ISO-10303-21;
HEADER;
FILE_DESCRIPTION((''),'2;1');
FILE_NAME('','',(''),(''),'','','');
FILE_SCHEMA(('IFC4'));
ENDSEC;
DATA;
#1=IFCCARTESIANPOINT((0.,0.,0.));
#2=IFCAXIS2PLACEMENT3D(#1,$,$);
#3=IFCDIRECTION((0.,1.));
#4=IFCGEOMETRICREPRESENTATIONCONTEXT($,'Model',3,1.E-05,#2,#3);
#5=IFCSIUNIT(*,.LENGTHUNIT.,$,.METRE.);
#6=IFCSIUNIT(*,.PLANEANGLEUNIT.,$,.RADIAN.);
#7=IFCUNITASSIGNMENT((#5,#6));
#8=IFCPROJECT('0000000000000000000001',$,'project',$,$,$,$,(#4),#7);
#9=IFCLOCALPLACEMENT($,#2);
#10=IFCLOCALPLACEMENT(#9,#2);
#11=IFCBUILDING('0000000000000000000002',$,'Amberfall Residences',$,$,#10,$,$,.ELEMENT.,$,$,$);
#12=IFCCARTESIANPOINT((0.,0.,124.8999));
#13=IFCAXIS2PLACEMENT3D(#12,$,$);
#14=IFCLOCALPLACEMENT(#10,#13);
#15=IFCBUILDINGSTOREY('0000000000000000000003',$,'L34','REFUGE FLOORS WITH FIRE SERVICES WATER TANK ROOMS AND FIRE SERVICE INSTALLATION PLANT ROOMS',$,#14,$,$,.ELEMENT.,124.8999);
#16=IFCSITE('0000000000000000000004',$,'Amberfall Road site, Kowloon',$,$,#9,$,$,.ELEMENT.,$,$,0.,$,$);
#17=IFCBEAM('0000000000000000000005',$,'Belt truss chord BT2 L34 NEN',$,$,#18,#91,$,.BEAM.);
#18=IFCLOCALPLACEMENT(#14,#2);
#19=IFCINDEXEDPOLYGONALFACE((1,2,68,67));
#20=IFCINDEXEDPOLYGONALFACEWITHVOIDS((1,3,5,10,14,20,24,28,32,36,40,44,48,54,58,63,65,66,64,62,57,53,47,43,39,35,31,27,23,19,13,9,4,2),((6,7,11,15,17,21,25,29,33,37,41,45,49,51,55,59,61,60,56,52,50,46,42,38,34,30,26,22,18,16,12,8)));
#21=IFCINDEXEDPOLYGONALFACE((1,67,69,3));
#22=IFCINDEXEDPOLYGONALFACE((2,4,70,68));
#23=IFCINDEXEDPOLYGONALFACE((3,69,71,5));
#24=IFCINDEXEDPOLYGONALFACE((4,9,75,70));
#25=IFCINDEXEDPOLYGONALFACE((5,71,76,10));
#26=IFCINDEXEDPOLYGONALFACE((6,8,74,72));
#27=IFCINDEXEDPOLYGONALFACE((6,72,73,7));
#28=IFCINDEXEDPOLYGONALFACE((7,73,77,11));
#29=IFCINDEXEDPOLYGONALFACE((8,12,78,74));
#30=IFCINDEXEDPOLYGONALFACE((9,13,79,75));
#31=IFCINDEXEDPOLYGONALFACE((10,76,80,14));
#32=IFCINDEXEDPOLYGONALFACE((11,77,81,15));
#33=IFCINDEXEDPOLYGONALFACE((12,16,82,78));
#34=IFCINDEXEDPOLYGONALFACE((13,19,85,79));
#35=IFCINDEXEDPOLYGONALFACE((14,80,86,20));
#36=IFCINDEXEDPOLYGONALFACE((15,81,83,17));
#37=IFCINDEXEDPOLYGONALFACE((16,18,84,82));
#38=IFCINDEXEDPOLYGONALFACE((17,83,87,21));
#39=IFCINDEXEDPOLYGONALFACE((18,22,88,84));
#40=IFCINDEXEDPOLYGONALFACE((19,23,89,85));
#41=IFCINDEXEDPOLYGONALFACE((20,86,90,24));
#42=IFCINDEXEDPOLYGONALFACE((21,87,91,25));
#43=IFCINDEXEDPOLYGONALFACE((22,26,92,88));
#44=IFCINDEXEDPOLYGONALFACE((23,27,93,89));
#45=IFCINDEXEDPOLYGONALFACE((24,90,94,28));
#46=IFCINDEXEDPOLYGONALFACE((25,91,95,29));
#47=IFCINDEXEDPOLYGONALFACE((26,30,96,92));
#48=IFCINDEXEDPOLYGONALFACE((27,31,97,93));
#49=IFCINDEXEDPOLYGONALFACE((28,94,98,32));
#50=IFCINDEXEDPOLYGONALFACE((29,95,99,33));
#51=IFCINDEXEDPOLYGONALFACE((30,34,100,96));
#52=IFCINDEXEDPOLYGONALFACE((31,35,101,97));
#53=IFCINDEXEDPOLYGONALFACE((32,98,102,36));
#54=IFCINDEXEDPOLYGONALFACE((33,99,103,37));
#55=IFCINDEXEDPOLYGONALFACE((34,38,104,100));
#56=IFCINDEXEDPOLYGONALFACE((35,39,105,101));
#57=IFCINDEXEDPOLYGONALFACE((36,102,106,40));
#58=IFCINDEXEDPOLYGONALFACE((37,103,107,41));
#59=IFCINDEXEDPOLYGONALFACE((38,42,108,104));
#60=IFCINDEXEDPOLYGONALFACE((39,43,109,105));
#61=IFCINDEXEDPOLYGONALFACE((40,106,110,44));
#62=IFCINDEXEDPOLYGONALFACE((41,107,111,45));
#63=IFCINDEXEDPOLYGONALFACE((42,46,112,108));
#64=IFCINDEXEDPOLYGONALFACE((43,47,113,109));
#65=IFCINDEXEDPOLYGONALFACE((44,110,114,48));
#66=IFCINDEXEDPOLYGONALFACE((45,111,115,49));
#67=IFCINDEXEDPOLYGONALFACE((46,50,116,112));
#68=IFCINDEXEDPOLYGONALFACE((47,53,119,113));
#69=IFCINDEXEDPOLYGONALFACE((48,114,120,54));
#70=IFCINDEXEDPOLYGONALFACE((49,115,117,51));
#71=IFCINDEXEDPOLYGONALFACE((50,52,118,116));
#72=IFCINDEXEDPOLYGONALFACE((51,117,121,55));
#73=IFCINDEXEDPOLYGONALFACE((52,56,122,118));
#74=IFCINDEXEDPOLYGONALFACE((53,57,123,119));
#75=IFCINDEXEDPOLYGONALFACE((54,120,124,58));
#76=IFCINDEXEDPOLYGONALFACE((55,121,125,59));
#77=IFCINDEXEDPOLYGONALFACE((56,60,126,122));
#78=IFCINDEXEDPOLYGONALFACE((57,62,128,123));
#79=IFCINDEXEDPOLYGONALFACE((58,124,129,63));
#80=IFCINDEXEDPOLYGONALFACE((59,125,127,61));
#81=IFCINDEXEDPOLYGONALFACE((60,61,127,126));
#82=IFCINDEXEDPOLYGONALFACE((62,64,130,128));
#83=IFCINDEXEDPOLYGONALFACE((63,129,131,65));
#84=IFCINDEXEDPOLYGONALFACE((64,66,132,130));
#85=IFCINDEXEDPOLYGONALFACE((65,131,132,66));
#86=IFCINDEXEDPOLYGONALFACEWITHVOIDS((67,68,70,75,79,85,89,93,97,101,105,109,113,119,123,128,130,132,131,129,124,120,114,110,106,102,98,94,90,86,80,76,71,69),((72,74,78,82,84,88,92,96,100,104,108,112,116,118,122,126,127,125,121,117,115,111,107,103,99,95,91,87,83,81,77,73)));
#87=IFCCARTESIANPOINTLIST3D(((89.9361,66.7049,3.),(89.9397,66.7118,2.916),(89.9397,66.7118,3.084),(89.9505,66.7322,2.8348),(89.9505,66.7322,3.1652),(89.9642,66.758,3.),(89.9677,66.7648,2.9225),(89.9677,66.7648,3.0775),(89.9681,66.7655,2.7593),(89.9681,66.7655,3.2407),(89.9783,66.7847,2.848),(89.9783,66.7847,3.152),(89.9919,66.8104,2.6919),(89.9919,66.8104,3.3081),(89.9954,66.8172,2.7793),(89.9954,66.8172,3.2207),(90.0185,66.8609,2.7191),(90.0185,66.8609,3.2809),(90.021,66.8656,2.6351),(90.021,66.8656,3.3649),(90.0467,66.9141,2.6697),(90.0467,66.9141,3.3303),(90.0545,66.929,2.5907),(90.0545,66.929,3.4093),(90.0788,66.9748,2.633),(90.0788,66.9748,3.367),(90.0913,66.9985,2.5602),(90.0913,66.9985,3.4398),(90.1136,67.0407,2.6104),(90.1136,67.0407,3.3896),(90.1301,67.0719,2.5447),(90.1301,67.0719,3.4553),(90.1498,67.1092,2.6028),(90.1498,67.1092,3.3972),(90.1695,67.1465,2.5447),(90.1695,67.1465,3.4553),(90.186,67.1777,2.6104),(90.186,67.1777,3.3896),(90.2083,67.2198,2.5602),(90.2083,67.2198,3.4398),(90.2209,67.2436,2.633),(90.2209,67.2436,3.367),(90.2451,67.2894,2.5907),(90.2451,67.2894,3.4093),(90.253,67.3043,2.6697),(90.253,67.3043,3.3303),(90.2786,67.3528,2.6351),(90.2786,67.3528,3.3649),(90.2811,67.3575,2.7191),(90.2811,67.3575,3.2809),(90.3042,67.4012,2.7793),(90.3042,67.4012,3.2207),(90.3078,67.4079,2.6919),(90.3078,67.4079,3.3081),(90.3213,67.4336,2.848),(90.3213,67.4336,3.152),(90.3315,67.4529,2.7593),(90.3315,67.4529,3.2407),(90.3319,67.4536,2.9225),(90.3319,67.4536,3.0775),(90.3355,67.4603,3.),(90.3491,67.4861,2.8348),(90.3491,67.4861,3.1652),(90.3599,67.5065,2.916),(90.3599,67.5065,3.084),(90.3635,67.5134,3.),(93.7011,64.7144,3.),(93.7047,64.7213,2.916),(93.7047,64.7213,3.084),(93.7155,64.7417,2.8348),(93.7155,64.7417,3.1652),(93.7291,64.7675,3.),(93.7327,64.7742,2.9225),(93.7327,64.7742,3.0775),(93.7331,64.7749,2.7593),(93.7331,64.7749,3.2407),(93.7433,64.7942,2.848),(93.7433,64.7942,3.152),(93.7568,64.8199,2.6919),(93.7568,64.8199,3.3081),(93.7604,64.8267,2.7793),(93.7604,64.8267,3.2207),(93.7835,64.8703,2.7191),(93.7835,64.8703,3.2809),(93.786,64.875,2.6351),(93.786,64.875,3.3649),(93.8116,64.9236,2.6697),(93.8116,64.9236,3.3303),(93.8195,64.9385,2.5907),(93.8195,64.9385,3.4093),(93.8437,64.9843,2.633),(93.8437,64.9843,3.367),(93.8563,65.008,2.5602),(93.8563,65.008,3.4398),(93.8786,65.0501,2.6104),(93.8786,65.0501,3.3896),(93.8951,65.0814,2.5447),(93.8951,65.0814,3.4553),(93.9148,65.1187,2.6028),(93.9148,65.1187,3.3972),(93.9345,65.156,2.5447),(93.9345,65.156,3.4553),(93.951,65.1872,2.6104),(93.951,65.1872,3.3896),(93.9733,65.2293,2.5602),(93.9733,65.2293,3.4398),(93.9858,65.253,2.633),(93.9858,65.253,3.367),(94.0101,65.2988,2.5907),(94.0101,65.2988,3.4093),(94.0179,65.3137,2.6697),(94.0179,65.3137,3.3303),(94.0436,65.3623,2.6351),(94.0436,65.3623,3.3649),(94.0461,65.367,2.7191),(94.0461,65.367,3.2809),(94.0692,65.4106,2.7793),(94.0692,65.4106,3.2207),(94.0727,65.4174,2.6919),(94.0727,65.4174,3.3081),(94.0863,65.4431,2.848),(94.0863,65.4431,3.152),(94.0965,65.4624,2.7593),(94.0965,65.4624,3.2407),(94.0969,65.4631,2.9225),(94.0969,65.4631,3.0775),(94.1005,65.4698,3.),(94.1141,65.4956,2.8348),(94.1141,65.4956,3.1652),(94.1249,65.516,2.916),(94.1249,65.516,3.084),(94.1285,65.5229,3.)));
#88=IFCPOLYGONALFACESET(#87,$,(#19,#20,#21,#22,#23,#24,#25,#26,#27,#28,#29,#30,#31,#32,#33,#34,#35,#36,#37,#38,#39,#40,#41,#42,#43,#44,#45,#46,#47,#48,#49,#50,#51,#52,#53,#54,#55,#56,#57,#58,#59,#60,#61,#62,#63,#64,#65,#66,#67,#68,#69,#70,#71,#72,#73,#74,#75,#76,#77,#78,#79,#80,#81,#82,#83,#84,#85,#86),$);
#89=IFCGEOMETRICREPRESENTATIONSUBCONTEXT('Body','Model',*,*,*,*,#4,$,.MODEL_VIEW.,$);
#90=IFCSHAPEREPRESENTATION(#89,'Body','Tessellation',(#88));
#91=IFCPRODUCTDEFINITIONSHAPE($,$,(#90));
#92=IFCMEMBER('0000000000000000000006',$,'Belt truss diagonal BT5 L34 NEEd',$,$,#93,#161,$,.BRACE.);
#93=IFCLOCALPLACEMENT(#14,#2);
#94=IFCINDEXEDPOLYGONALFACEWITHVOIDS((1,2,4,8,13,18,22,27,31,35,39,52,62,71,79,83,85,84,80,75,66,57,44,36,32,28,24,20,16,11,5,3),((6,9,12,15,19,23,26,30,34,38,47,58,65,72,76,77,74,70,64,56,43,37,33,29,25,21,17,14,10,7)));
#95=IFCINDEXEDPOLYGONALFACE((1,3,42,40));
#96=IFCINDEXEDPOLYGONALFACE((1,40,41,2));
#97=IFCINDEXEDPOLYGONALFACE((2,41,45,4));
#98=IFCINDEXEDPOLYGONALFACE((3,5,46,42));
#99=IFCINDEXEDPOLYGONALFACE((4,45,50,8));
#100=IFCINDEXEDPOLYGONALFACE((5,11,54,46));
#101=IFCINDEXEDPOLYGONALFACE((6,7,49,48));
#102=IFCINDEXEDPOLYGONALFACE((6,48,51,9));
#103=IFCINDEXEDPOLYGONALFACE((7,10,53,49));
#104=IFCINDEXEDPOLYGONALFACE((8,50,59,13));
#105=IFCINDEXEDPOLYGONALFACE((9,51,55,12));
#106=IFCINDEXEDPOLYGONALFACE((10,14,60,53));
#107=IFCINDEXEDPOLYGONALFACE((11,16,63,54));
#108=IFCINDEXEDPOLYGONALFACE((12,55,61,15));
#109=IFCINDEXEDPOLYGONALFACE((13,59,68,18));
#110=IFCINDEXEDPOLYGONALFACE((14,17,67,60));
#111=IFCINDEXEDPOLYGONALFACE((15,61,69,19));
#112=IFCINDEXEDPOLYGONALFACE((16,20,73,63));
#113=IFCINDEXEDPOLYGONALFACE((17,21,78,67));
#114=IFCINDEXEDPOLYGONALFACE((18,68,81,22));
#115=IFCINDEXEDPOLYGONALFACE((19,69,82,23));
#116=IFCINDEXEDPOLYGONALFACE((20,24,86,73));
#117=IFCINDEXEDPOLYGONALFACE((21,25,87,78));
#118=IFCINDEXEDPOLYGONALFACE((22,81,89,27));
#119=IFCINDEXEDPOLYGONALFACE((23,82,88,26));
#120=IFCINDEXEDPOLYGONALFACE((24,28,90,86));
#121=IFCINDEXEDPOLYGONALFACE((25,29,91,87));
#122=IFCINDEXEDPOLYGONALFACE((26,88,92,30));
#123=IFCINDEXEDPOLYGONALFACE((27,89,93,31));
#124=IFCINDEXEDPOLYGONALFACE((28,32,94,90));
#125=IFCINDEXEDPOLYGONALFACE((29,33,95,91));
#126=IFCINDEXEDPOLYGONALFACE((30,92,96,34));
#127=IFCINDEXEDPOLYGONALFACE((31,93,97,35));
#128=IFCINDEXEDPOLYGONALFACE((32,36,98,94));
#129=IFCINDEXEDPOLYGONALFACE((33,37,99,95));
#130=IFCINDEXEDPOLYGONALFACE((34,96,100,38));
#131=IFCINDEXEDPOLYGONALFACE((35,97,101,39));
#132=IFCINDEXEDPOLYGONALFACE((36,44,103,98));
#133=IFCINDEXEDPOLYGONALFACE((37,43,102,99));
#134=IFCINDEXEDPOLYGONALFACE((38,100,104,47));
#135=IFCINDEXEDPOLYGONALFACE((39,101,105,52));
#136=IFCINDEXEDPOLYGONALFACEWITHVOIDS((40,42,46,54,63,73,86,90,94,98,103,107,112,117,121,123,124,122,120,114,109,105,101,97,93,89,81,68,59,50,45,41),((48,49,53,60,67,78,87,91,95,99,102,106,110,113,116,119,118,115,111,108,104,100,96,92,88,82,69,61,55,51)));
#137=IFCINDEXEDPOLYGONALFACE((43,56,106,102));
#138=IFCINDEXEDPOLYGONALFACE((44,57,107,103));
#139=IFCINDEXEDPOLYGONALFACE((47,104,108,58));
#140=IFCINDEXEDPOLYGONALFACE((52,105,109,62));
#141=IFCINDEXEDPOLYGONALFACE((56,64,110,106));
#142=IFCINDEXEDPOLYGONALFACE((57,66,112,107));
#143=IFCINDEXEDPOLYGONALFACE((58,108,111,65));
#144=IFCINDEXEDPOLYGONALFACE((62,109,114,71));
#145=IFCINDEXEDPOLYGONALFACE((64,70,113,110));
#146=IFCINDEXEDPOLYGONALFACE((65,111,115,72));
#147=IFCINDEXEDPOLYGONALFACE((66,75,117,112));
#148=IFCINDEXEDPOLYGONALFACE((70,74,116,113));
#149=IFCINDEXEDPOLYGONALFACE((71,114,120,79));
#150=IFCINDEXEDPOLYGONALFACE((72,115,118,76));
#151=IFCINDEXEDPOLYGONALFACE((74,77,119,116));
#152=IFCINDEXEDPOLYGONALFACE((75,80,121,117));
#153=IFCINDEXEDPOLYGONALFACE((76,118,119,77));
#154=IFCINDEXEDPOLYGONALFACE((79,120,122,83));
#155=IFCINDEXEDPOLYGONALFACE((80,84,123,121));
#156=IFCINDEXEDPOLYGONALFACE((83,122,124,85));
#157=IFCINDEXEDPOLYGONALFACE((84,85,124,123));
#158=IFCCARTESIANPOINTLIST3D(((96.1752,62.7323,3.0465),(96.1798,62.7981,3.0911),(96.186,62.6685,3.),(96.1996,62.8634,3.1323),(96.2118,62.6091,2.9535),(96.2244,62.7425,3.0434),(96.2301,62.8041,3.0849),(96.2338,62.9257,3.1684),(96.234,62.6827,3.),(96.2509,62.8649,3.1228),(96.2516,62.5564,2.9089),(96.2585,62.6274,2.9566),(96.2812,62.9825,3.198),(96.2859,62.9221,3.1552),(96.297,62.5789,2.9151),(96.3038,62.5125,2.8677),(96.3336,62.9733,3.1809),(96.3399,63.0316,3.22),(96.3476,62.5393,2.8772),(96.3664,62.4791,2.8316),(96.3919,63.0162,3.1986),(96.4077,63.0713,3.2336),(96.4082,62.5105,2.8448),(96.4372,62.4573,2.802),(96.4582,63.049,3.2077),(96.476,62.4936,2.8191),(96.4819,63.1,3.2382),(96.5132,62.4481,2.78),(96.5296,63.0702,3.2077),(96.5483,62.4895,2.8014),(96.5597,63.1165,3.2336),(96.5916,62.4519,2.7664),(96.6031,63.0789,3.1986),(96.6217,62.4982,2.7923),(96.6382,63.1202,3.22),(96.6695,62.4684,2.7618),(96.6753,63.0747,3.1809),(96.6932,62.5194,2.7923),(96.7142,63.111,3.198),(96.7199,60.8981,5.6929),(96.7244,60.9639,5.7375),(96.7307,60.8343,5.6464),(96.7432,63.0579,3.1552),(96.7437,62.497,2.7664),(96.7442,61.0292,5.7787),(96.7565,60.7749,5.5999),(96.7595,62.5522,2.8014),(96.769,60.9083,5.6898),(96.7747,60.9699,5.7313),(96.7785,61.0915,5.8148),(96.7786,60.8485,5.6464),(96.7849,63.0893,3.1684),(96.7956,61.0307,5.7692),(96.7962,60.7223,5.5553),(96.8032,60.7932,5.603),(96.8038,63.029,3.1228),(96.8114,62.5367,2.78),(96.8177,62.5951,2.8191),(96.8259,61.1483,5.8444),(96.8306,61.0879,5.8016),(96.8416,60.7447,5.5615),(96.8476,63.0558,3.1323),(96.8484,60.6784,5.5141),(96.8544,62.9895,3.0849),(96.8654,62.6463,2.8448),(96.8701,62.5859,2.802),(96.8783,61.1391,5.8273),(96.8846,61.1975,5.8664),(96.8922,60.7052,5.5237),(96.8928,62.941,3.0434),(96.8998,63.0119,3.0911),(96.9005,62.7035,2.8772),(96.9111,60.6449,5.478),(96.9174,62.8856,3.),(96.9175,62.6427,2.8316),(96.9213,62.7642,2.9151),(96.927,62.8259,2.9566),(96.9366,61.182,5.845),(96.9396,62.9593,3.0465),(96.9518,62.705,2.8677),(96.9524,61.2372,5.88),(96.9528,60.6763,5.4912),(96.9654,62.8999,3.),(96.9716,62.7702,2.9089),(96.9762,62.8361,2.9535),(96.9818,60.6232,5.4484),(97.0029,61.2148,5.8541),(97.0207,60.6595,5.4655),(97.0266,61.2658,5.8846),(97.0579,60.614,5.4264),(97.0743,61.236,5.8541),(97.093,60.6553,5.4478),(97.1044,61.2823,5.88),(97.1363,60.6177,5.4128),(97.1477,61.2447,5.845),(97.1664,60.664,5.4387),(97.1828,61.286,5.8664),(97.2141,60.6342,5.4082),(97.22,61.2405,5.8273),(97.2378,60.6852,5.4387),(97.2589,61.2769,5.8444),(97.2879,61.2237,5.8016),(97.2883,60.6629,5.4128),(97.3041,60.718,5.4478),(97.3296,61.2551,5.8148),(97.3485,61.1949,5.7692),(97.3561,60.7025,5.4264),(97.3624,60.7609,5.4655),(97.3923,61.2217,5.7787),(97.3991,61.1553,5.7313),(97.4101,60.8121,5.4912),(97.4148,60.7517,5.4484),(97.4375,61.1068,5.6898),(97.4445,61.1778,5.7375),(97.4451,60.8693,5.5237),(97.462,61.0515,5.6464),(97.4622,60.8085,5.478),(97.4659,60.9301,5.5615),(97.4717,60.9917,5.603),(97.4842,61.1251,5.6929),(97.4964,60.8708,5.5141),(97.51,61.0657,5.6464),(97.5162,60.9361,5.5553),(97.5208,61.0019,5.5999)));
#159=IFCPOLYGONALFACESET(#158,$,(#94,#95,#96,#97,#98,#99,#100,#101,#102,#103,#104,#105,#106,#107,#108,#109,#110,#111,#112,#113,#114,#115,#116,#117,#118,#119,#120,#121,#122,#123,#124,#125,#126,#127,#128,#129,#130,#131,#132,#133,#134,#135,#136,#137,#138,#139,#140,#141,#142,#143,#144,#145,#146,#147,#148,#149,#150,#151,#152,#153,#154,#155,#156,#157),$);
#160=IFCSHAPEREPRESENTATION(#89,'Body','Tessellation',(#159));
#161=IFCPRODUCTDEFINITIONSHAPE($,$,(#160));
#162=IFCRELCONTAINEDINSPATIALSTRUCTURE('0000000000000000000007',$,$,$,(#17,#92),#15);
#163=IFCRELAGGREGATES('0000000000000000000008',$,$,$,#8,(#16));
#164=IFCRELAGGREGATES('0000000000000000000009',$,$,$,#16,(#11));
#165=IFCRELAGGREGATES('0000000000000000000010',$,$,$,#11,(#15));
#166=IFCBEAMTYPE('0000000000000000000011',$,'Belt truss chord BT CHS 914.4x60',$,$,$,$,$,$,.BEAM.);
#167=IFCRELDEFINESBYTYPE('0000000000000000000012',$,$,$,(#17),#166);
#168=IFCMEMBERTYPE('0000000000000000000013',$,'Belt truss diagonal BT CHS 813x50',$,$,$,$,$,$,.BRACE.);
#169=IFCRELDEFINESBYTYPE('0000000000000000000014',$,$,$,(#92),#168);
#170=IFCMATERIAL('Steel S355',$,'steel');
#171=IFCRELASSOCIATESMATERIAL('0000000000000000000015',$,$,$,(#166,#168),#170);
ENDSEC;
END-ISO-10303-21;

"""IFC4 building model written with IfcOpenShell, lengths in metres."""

from ifc_helpers import new_model, si_unit, direction, frame, origin, origin_2d, place, context, subcontext, project, spatial, hollow_circle, extrude, material, material_profile, profile_set, type_object, element, save


model = new_model("IFC4")

# Units and contexts
model_context = context("Model", 3, precision=1e-05, world=origin(), true_north=direction((0.0, 1.0)))
body_context = subcontext(model_context, "Body", "Model", "MODEL_VIEW")
ifc_project = project(units=[si_unit("LENGTHUNIT", "METRE"), si_unit("PLANEANGLEUNIT", "RADIAN")], contexts=[model_context])

# Site, building, storey
site_placement = place(None, origin())
site = spatial("IfcSite", under=ifc_project, at=site_placement, Name="Amberfall Road site, Kowloon", CompositionType="ELEMENT", RefElevation=0.0)
building_placement = place(site_placement, origin())
building = spatial("IfcBuilding", under=site, at=building_placement, Name="Amberfall Residences", CompositionType="ELEMENT")
storey_placement = place(building_placement, frame((0.0, 0.0, 124.8999)))
storey = spatial("IfcBuildingStorey", under=building, at=storey_placement, Name="L34", Description="REFUGE FLOORS WITH FIRE SERVICES WATER TANK ROOMS AND FIRE SERVICE INSTALLATION PLANT ROOMS", CompositionType="ELEMENT", Elevation=124.8999)

# Beam
ifc_material_1 = material(Name="Steel S355", Category="steel")
ifc_material_profile_1 = material_profile(ifc_material_1, hollow_circle(Radius=0.4573, WallThickness=0.0601, at=origin_2d()), Name="CHS 914.4x60")
ifc_profile_set_1 = profile_set([ifc_material_profile_1], Name="Steel S355")
beam_type_1 = type_object("IfcBeamType", Name="Belt truss chord BT CHS 914.4x60", PredefinedType="BEAM", material=ifc_profile_set_1)
beam_1_placement = place(storey_placement, frame((93.9148, 65.1187, 3.0), z_axis=(-0.88405, 0.467392, 0.0), x_axis=(-0.467392, -0.88405, 0.0)))
element("IfcBeam", 1, at=beam_1_placement, inside=storey, type_object=beam_type_1, Name="Belt truss chord BT2 L34 NEN", PredefinedType="BEAM", context=body_context, shape_type="SweptSolid", body=[
    extrude(hollow_circle(Radius=0.4573, WallThickness=0.0601, at=origin_2d()), origin(), (0.0, 0.0, 1.0), 4.2588),
])

# Member
ifc_material_profile_2 = material_profile(ifc_material_1, hollow_circle(Radius=0.4065, WallThickness=0.05, at=origin_2d()), Name="CHS 813x50")
ifc_profile_set_2 = profile_set([ifc_material_profile_2], Name="Steel S355")
member_type = type_object("IfcMemberType", Name="Belt truss diagonal BT CHS 813x50", PredefinedType="BRACE", material=ifc_profile_set_2)
member_1_placement = place(storey_placement, frame((96.5757, 62.7842, 3.0), z_axis=(0.166786, -0.561661, 0.810382), x_axis=(0.958627, 0.284666, 0.0)))
element("IfcMember", 2, at=member_1_placement, inside=storey, type_object=member_type, Name="Belt truss diagonal BT5 L34 NEEd", PredefinedType="BRACE", context=body_context, shape_type="SweptSolid", body=[
    extrude(hollow_circle(Radius=0.4065, WallThickness=0.05, at=origin_2d()), origin(), (0.0, 0.0, 1.0), 3.2656),
])

save(model, "model.ifc")
